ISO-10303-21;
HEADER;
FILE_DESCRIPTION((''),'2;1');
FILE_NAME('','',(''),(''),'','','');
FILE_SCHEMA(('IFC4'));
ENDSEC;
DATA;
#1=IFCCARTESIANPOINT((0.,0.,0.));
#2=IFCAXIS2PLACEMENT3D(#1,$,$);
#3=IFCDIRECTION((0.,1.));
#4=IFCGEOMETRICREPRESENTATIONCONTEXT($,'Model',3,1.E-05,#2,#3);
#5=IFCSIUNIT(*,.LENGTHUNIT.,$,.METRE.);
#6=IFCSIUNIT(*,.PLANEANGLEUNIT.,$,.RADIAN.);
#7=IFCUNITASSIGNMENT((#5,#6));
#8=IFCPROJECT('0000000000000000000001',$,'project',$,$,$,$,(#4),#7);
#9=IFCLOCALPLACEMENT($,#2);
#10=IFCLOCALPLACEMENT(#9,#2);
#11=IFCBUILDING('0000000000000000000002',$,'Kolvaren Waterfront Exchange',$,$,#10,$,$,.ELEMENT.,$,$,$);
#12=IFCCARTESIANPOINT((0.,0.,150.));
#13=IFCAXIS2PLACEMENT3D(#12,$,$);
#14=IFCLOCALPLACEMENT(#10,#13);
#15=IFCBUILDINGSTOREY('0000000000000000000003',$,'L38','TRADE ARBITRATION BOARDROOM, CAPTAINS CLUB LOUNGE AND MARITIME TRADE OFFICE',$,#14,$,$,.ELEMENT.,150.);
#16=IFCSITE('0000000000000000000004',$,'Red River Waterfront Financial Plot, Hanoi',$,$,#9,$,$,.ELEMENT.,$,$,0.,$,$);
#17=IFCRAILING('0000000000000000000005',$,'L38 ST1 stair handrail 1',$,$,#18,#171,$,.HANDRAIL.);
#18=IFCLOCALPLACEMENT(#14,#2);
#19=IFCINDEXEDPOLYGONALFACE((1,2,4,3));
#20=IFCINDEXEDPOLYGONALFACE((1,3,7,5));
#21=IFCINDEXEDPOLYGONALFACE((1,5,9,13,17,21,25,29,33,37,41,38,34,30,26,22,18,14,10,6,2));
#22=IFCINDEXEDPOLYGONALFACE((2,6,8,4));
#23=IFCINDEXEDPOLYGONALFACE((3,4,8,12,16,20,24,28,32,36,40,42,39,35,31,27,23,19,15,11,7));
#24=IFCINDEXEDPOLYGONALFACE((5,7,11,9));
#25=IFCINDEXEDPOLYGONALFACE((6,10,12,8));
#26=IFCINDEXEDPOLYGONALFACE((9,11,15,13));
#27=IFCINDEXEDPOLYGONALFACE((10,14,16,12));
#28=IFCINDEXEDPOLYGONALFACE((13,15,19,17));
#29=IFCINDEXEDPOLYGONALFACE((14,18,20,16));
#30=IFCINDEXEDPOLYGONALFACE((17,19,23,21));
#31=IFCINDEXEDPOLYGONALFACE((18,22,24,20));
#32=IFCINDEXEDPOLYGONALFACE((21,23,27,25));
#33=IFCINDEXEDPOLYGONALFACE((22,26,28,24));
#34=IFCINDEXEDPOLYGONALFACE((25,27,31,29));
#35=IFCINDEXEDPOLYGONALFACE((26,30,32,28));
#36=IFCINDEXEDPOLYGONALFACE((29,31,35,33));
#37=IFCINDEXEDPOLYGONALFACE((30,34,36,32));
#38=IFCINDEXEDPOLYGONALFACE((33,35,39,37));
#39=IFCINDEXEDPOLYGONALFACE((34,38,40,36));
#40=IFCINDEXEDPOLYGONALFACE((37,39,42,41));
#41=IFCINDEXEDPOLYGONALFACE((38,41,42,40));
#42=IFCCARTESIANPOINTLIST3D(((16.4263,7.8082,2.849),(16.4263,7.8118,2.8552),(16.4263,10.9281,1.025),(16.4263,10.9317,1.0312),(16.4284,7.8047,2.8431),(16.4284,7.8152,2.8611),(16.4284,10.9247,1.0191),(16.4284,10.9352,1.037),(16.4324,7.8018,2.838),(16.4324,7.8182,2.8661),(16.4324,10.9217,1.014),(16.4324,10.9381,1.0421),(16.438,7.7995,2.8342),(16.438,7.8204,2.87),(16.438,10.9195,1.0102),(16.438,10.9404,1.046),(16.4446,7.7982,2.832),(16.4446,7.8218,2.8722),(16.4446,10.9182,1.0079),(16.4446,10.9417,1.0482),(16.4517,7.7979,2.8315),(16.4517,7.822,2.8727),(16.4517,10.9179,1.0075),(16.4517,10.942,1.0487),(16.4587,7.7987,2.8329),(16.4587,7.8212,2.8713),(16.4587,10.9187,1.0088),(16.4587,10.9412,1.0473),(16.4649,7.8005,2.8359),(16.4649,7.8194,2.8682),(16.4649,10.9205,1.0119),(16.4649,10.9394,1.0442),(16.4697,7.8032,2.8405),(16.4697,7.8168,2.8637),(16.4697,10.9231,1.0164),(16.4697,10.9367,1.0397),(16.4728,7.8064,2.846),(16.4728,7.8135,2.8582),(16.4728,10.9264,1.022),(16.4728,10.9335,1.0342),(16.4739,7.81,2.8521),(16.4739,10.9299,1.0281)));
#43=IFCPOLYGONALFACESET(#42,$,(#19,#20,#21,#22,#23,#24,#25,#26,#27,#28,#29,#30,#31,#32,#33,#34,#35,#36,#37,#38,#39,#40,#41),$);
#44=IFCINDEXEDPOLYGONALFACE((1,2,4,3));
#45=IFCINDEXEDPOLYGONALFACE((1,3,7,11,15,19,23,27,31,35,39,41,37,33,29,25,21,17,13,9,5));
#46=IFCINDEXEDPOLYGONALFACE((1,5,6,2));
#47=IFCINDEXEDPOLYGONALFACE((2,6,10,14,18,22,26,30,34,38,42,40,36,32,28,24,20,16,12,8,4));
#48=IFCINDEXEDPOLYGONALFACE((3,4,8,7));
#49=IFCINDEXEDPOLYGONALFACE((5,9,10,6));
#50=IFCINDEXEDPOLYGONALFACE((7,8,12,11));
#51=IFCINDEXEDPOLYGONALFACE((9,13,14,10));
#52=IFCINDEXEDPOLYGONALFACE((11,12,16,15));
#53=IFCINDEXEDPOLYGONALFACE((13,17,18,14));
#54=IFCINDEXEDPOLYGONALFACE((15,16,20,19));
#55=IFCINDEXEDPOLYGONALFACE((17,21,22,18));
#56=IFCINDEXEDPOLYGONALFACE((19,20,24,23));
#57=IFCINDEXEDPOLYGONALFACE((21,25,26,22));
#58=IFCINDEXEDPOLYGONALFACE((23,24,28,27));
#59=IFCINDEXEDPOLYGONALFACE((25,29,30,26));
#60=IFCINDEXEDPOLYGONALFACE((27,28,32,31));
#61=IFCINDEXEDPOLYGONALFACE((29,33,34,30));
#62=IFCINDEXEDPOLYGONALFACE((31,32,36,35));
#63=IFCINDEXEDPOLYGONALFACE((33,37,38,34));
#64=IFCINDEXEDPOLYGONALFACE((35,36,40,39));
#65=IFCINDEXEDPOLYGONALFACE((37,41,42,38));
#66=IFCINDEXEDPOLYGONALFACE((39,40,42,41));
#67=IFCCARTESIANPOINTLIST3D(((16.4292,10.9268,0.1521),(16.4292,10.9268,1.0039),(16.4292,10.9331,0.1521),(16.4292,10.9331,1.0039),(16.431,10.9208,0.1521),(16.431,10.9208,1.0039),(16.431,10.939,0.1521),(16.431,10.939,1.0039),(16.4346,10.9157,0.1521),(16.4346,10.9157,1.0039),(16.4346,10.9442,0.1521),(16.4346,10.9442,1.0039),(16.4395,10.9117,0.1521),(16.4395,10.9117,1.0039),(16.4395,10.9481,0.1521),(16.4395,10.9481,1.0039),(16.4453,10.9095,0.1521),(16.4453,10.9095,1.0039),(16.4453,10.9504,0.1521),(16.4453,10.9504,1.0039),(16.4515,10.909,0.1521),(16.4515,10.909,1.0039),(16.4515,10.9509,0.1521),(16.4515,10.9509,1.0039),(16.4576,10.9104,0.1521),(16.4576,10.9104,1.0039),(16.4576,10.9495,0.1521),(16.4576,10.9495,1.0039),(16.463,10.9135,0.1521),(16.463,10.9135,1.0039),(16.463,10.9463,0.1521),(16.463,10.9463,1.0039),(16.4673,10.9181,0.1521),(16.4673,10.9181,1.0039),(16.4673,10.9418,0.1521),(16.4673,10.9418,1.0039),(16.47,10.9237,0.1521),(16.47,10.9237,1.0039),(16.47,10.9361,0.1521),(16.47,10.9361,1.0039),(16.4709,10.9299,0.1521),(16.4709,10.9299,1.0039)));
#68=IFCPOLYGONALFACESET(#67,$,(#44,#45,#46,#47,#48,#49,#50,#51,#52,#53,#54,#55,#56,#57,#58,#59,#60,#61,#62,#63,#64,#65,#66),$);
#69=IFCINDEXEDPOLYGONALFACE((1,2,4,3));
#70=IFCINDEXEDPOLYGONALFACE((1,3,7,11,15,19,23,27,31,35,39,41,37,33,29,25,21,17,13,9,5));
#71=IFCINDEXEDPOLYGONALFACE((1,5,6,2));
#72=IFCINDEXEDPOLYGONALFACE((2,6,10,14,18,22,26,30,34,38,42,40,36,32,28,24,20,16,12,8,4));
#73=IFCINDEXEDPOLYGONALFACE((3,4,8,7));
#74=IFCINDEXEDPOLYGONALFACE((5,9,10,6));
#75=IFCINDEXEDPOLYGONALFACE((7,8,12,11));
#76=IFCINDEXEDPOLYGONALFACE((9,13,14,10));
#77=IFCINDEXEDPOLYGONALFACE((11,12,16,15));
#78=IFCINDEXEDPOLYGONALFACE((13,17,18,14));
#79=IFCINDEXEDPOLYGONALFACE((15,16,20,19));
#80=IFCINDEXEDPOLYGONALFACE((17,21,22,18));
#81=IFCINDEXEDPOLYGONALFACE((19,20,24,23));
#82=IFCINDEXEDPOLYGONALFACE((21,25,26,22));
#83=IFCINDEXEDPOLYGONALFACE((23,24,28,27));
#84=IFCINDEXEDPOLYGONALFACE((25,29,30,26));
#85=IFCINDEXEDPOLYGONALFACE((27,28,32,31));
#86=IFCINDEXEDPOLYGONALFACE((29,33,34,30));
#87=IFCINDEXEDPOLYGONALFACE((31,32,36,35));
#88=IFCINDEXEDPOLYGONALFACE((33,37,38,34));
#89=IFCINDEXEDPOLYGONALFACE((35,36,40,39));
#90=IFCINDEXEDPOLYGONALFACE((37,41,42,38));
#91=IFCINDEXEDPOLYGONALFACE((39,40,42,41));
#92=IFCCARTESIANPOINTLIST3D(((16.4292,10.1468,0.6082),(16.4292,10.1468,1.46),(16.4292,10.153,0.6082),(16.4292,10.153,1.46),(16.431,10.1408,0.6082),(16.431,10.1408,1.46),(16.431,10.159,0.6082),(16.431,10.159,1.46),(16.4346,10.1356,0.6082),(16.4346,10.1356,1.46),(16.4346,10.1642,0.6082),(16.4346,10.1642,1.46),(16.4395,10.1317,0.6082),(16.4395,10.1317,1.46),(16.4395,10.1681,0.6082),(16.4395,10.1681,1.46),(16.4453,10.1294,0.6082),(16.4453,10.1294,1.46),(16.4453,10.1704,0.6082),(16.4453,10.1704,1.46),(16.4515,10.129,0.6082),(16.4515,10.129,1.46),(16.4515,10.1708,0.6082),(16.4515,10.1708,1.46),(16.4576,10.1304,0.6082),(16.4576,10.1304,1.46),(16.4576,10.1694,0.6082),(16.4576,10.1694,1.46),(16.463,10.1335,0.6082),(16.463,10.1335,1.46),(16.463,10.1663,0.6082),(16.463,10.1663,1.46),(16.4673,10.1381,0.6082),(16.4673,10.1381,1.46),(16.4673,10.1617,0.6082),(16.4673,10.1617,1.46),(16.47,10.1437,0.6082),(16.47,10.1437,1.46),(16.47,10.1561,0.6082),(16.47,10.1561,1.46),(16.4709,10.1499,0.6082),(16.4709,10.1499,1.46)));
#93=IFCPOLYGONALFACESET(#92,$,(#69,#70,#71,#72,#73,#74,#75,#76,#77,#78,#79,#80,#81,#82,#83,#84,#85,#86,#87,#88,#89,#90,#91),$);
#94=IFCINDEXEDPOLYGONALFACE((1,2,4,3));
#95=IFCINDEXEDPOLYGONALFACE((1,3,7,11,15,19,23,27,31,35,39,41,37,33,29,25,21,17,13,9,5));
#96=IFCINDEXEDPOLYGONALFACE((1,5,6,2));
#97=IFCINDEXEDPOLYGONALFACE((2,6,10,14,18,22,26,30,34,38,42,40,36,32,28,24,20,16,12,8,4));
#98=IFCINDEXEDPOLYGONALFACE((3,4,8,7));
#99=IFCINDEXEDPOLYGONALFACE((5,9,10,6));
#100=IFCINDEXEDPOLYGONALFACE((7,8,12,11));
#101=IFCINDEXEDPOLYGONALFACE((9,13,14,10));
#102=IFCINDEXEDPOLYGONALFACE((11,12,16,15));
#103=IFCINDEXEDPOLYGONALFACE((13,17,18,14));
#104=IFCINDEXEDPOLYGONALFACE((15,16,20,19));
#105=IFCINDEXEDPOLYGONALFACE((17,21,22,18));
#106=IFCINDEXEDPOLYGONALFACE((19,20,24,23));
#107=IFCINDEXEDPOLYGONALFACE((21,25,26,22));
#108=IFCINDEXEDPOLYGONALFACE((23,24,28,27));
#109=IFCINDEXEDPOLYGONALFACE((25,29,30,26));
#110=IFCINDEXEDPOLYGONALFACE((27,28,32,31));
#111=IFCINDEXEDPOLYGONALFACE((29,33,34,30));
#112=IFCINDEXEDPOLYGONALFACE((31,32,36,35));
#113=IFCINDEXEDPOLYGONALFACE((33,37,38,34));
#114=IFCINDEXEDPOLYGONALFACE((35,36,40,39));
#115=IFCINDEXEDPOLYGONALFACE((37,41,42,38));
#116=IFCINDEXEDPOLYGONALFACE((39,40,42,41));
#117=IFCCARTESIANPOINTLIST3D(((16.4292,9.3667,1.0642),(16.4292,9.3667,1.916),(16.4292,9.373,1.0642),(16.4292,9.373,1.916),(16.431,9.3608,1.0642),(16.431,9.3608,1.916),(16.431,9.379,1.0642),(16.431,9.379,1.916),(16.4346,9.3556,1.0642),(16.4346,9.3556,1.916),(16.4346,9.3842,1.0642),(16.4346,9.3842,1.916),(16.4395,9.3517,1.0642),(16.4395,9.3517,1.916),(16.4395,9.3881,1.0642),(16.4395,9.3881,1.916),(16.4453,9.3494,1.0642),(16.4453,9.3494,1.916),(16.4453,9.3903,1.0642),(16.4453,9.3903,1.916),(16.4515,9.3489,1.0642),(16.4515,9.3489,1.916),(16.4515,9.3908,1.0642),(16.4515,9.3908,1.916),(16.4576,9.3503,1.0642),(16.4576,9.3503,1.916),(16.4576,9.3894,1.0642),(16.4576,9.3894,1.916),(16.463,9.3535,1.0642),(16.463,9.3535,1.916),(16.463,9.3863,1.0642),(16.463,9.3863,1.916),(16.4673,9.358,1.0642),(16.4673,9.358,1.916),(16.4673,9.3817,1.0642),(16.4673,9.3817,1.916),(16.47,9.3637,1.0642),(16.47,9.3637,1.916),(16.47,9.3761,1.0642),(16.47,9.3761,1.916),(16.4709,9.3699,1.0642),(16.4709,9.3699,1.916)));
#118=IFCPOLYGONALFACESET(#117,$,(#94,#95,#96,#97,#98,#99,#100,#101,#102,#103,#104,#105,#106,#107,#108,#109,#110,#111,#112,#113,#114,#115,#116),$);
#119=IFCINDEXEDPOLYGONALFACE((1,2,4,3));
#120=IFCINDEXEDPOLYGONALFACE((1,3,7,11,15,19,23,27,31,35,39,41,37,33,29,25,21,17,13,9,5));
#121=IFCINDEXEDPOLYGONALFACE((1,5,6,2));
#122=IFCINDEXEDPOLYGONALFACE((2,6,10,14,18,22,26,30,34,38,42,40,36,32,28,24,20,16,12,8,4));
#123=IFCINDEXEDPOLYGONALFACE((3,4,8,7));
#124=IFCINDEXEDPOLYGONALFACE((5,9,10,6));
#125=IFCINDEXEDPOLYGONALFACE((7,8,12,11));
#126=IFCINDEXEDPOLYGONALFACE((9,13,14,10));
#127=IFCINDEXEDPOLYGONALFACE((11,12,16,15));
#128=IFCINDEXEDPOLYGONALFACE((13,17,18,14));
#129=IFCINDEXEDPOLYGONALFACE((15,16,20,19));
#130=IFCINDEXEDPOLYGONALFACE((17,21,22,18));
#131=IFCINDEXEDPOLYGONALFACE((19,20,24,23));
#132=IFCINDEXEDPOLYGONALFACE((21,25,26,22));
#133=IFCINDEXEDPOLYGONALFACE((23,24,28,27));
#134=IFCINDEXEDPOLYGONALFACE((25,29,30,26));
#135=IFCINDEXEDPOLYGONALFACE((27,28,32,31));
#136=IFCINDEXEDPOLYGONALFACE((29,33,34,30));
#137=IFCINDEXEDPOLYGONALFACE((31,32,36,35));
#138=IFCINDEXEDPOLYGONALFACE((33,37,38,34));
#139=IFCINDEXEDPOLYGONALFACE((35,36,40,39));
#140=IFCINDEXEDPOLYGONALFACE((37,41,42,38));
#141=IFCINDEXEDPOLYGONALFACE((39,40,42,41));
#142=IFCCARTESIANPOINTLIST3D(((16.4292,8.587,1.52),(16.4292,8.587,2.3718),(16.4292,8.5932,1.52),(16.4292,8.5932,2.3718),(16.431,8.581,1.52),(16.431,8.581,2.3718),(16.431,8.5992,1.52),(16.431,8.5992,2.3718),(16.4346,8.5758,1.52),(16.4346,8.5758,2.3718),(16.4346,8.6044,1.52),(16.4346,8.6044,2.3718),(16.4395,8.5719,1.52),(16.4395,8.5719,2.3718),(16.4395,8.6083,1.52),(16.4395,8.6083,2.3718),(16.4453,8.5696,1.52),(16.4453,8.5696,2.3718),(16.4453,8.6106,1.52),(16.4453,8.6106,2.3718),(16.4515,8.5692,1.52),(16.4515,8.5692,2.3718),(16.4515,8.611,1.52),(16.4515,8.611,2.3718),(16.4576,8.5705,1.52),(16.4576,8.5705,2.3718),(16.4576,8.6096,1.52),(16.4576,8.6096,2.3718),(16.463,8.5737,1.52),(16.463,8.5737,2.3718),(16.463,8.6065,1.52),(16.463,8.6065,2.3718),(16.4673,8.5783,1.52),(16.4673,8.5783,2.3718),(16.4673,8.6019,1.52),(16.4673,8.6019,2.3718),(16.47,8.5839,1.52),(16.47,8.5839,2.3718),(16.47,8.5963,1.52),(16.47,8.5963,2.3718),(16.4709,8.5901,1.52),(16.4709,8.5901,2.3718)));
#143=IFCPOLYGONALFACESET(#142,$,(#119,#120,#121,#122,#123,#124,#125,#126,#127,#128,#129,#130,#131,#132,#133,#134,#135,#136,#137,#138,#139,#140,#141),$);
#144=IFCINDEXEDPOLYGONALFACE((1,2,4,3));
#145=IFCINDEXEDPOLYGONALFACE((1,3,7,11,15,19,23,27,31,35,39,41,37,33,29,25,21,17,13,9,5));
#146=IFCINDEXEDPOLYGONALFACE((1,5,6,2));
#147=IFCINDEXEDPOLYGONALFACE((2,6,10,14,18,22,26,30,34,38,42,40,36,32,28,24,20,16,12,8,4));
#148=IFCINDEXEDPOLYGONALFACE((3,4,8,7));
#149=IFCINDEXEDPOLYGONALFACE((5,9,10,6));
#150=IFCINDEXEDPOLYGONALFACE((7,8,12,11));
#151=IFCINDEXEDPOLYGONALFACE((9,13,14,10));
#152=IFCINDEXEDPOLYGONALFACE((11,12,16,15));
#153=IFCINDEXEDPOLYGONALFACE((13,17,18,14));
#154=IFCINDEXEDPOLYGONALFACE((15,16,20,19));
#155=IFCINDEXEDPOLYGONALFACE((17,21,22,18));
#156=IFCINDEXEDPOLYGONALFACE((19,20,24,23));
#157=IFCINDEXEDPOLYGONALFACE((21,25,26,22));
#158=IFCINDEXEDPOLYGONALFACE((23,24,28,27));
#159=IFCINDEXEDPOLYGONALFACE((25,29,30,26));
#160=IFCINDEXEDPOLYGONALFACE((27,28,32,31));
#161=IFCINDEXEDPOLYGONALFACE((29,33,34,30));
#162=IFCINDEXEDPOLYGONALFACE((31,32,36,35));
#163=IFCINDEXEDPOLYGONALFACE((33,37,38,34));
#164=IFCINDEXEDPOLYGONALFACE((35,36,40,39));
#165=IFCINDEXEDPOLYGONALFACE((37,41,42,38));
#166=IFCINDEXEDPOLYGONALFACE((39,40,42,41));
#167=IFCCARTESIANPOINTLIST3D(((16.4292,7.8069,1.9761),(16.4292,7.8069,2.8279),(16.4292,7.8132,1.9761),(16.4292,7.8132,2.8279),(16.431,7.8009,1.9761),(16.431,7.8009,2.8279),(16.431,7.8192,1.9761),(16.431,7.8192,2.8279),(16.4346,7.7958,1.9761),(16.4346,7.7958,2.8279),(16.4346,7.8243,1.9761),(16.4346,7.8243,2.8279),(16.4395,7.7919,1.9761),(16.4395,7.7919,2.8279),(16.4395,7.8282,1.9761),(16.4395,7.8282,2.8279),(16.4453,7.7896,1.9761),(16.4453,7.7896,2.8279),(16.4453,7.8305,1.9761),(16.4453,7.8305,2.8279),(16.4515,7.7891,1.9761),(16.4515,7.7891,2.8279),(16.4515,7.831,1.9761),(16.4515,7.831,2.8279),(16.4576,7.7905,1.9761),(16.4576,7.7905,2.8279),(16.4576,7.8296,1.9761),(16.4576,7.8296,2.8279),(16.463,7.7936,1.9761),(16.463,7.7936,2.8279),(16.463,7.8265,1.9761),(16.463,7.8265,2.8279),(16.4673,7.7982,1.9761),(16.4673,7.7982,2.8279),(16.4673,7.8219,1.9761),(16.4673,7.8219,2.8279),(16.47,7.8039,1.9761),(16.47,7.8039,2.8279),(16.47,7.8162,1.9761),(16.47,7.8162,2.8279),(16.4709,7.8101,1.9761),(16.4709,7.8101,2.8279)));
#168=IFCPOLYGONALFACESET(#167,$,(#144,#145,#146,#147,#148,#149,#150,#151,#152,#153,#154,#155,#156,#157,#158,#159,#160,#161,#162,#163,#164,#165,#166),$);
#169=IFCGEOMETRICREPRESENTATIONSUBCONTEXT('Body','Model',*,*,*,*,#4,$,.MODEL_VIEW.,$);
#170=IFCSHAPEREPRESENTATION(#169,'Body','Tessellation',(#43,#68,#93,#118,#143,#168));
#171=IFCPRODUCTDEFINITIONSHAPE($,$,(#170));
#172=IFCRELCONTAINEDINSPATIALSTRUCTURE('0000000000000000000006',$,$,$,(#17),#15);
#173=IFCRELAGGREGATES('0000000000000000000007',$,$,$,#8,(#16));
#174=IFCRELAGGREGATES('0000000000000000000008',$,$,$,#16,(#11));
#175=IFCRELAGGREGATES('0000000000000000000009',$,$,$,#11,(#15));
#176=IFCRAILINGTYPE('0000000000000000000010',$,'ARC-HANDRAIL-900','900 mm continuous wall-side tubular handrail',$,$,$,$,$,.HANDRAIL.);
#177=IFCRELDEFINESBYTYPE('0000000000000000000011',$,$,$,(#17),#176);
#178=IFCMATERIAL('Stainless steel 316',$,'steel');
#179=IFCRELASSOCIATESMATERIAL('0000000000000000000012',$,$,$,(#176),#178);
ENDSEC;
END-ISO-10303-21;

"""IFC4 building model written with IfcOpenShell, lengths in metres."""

from ifc_helpers import new_model, si_unit, direction, frame, origin, origin_2d, place, context, subcontext, project, spatial, circle, extrude, material, type_object, element, save


model = new_model("IFC4")

# Units and contexts
model_context = context("Model", 3, precision=1e-05, world=origin(), true_north=direction((0.0, 1.0)))
body_context = subcontext(model_context, "Body", "Model", "MODEL_VIEW")
ifc_project = project(units=[si_unit("LENGTHUNIT", "METRE"), si_unit("PLANEANGLEUNIT", "RADIAN")], contexts=[model_context])

# Site, building, storey
site_placement = place(None, origin())
site = spatial("IfcSite", under=ifc_project, at=site_placement, Name="Red River Waterfront Financial Plot, Hanoi", CompositionType="ELEMENT", RefElevation=0.0)
building_placement = place(site_placement, origin())
building = spatial("IfcBuilding", under=site, at=building_placement, Name="Kolvaren Waterfront Exchange", CompositionType="ELEMENT")
storey_placement = place(building_placement, frame((0.0, 0.0, 150.0)))
storey = spatial("IfcBuildingStorey", under=building, at=storey_placement, Name="L38", Description="TRADE ARBITRATION BOARDROOM, CAPTAINS CLUB LOUNGE AND MARITIME TRADE OFFICE", CompositionType="ELEMENT", Elevation=150.0)

# Railing
ifc_material_1 = material(Name="Stainless steel 316", Category="steel")
railing_type_1 = type_object("IfcRailingType", Name="ARC-HANDRAIL-900", Description="900 mm continuous wall-side tubular handrail", PredefinedType="HANDRAIL", material=ifc_material_1)
railing_1_placement = place(storey_placement, frame((16.45, 10.9299, 0.1521)))
element("IfcRailing", 1, at=railing_1_placement, inside=storey, type_object=railing_type_1, Name="L38 ST1 stair handrail 1", PredefinedType="HANDRAIL", context=body_context, shape_type="SweptSolid", body=[
    extrude(circle(Radius=0.0239, at=origin_2d()), frame((0.0, 0.0, 0.876), z_axis=(0.0, -0.863291, 0.504707), x_axis=(1.0, 0.0, 0.0)), (0.0, 0.0, 1.0), 3.614),
    extrude(circle(Radius=0.021, at=origin_2d()), origin(), (0.0, 0.0, 1.0), 0.8518),
    extrude(circle(Radius=0.021, at=origin_2d()), frame((0.0, -0.78, 0.4561)), (0.0, 0.0, 1.0), 0.8518),
    extrude(circle(Radius=0.021, at=origin_2d()), frame((0.0, -1.5601, 0.9121)), (0.0, 0.0, 1.0), 0.8518),
    extrude(circle(Radius=0.021, at=origin_2d()), frame((0.0, -2.3398, 1.3679)), (0.0, 0.0, 1.0), 0.8518),
    extrude(circle(Radius=0.021, at=origin_2d()), frame((0.0, -3.1199, 1.824)), (0.0, 0.0, 1.0), 0.8518),
])

save(model, "model.ifc")
